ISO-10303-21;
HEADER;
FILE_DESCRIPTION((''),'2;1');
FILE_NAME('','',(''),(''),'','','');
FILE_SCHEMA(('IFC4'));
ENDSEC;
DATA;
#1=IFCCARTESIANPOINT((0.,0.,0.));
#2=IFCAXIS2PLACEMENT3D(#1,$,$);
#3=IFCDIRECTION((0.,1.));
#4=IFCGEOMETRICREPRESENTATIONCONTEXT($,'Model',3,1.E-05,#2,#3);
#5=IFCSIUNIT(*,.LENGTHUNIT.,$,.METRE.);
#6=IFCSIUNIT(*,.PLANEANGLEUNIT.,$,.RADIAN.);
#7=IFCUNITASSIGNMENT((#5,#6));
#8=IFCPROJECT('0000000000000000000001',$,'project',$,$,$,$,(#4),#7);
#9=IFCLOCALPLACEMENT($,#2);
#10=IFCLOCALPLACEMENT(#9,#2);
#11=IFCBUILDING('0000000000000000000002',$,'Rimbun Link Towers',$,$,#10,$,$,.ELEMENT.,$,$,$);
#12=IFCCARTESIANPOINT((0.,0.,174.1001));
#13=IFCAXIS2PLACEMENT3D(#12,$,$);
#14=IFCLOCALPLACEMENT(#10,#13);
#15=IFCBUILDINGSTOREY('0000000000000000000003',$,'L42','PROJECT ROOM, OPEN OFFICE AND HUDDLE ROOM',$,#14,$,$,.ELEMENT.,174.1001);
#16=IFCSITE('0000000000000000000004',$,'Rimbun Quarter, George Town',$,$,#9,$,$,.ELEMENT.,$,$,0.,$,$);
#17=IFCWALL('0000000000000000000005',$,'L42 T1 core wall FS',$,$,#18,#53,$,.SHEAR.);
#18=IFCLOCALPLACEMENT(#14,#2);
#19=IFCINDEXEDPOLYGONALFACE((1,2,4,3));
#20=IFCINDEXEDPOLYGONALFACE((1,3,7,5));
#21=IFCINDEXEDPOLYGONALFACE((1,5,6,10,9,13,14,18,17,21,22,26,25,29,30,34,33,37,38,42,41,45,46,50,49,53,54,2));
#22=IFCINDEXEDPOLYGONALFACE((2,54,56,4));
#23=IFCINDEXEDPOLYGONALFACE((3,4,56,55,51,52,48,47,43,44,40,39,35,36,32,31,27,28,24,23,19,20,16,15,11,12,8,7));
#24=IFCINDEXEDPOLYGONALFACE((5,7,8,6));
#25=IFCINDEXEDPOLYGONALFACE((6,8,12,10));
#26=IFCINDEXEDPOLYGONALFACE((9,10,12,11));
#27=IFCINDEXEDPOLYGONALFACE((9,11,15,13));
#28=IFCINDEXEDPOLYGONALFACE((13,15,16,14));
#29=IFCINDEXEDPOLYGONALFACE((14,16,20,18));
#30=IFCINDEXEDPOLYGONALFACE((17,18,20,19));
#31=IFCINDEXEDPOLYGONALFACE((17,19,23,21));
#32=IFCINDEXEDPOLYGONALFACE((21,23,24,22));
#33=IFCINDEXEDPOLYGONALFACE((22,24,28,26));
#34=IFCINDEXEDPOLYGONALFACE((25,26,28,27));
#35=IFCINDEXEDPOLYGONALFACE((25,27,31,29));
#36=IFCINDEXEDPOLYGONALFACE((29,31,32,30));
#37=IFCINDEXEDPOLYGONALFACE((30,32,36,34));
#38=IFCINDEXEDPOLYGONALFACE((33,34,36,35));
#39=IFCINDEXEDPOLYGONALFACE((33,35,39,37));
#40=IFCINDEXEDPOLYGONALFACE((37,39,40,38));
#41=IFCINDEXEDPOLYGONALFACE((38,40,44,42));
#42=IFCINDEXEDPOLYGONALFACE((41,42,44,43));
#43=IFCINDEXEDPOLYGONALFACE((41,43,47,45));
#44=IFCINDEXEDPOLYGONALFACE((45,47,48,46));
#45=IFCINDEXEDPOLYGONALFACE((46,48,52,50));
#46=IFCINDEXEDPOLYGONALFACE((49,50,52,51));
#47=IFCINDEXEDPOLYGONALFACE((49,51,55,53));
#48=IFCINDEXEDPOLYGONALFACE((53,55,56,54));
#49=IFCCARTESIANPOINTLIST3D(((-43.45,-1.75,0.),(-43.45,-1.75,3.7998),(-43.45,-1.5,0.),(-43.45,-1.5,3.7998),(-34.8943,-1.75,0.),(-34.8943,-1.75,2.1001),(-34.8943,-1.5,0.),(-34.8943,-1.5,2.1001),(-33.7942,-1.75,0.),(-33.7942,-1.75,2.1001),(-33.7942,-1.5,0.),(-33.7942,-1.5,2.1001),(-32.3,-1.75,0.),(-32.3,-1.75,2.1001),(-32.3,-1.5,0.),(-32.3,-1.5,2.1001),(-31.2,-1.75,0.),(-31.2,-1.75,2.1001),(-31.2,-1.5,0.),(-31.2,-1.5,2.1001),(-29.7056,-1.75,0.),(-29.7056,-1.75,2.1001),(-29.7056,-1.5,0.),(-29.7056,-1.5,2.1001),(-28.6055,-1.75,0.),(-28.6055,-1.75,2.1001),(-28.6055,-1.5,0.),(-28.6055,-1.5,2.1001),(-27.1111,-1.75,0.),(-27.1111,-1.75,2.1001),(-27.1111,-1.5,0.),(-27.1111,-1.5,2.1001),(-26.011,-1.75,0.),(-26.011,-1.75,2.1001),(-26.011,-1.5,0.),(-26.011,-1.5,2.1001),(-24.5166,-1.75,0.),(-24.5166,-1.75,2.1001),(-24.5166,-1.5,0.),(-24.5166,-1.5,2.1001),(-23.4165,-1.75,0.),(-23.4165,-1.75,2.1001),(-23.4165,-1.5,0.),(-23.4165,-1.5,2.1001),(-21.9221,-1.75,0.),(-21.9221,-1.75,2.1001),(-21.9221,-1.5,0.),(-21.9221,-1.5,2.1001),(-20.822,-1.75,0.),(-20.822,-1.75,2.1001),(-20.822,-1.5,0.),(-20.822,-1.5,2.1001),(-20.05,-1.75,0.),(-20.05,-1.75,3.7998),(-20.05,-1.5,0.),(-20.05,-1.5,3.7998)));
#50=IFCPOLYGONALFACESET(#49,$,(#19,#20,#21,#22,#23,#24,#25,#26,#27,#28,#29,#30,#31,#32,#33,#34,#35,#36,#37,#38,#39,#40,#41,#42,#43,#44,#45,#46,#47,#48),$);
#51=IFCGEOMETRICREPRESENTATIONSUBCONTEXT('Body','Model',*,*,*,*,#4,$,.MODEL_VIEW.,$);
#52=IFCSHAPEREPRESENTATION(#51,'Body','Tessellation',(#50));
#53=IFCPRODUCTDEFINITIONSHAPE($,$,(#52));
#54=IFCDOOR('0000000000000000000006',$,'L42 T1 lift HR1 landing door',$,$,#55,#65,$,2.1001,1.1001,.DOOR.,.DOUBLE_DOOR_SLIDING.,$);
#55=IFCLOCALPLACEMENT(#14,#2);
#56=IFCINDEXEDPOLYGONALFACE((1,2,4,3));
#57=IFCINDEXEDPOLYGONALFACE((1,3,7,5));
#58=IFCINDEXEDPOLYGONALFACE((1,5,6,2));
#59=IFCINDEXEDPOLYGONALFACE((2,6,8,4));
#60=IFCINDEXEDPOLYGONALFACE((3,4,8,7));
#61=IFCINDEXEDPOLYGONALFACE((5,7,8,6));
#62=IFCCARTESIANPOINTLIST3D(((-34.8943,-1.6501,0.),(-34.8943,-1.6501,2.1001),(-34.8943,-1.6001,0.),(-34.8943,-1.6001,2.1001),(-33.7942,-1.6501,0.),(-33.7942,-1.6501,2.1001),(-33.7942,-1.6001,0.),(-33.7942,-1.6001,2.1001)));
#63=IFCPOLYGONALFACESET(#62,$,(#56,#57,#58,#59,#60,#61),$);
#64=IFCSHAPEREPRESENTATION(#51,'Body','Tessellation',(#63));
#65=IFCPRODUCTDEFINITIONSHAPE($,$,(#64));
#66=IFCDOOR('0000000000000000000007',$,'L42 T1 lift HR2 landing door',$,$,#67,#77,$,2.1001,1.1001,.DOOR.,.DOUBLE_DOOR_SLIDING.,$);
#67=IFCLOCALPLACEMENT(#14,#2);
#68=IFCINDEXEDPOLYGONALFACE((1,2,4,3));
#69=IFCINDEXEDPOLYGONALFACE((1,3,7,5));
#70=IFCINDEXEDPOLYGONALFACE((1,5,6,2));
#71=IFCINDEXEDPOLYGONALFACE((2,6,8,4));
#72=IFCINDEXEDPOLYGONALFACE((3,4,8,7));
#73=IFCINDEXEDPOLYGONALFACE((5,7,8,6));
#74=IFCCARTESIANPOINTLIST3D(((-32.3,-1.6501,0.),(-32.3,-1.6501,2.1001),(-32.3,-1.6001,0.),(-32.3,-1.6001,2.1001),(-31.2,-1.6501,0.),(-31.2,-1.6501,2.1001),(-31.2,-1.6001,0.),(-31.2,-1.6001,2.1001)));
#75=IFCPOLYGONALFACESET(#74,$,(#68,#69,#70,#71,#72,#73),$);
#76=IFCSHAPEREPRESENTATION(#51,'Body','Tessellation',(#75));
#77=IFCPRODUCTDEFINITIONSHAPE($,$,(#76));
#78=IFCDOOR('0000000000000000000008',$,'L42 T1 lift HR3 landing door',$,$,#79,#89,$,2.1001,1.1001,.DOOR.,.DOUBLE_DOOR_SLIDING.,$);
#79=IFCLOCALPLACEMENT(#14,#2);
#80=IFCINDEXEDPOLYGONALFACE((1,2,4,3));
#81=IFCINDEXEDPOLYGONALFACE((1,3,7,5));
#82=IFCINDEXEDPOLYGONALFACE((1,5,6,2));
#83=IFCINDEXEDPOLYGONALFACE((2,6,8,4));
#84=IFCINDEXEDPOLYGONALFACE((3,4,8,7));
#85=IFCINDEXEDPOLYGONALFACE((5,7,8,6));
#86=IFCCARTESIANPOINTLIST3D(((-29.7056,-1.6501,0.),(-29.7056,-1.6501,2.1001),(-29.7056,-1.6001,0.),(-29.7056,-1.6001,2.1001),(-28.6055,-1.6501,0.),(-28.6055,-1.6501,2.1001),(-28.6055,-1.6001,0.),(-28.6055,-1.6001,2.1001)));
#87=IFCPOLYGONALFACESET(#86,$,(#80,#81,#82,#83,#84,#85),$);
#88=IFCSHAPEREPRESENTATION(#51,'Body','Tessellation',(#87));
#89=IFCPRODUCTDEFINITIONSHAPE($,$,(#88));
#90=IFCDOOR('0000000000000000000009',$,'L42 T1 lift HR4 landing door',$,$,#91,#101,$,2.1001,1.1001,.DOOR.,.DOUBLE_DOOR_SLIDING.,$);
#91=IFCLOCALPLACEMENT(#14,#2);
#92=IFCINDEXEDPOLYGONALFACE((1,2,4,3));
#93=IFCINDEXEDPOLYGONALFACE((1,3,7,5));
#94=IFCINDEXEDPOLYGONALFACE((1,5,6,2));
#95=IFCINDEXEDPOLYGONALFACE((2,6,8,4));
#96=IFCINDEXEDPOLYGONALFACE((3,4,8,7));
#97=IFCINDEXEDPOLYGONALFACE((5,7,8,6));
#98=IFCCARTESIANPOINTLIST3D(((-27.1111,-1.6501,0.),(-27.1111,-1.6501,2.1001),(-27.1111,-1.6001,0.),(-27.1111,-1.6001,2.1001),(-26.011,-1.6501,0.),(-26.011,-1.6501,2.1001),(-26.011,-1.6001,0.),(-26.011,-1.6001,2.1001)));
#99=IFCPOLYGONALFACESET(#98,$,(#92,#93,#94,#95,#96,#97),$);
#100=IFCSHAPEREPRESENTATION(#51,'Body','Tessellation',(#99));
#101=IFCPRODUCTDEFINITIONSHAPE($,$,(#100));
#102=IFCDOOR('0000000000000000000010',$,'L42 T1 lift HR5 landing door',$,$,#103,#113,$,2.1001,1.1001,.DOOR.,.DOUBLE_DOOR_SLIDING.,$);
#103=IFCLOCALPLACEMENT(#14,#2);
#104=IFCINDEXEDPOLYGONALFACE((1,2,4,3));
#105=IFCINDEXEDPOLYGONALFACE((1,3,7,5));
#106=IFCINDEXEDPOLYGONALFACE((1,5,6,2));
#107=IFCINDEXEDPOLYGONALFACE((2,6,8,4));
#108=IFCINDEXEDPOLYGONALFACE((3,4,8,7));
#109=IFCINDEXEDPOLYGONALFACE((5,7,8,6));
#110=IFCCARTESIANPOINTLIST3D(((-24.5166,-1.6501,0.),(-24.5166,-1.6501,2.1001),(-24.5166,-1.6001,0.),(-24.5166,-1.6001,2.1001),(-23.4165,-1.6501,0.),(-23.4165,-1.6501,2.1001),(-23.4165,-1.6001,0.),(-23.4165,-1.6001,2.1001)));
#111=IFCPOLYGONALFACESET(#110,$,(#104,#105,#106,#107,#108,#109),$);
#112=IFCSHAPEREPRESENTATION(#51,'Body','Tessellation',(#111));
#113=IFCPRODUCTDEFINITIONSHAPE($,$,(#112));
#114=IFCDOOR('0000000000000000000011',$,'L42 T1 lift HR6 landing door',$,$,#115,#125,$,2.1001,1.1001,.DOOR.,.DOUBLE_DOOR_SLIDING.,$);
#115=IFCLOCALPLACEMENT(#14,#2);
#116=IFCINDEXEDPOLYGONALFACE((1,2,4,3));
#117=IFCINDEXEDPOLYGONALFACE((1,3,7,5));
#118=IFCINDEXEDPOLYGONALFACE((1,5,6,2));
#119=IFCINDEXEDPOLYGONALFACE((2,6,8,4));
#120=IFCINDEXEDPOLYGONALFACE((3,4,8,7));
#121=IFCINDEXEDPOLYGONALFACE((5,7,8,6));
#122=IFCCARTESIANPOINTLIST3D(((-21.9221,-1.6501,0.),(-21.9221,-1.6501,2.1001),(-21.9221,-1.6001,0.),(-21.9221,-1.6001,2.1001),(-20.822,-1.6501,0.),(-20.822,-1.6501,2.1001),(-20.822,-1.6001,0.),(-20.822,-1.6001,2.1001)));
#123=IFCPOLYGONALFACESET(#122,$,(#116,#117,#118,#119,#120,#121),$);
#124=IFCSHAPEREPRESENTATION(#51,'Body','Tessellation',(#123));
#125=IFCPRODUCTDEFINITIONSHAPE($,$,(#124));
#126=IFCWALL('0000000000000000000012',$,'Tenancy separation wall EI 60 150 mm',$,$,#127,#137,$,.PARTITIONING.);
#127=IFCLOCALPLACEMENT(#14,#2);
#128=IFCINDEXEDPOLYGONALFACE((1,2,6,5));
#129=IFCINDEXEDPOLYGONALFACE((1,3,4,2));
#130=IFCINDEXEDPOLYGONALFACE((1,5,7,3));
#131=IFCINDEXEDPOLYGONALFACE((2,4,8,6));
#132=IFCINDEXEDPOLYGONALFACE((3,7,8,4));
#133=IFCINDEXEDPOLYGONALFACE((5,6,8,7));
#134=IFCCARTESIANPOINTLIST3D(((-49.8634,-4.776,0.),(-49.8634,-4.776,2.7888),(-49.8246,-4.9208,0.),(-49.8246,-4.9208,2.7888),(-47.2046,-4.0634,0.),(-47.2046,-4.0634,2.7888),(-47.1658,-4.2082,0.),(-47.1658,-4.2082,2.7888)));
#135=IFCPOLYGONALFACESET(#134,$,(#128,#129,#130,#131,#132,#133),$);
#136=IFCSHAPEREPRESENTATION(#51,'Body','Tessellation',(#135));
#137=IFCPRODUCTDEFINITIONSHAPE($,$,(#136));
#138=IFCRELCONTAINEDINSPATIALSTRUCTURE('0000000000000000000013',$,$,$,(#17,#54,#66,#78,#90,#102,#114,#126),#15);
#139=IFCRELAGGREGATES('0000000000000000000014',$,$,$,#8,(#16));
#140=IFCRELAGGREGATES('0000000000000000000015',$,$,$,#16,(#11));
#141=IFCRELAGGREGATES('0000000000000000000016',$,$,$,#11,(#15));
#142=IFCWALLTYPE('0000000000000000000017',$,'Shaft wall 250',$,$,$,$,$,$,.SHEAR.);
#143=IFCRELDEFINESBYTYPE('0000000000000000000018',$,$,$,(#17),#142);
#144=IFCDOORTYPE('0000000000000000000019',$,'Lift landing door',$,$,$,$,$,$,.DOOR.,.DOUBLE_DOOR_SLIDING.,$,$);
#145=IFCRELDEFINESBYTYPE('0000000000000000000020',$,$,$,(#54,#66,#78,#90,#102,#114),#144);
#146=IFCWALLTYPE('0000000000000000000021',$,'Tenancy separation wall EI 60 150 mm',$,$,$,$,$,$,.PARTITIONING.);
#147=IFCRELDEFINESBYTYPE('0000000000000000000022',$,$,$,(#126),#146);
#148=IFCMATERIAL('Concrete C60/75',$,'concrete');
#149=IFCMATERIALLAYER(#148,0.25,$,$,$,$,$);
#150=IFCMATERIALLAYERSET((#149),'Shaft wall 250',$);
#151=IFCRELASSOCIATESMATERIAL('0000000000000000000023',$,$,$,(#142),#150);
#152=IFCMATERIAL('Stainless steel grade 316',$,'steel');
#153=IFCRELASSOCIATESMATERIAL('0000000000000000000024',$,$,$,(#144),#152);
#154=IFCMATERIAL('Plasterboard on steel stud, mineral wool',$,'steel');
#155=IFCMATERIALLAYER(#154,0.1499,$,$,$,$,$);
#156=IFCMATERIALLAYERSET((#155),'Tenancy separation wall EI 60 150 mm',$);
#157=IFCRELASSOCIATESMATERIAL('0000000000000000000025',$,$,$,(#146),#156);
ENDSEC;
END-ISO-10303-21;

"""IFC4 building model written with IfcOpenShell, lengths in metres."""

from ifc_helpers import new_model, si_unit, direction, frame, frame_2d, origin, place, context, subcontext, project, spatial, rectangle, extrude, material, layer, layer_set, type_object, element, fill, save


model = new_model("IFC4")

# Units and contexts
model_context = context("Model", 3, precision=1e-05, world=origin(), true_north=direction((0.0, 1.0)))
body_context = subcontext(model_context, "Body", "Model", "MODEL_VIEW")
ifc_project = project(units=[si_unit("LENGTHUNIT", "METRE"), si_unit("PLANEANGLEUNIT", "RADIAN")], contexts=[model_context])

# Site, building, storey
site_placement = place(None, origin())
site = spatial("IfcSite", under=ifc_project, at=site_placement, Name="Rimbun Quarter, George Town", CompositionType="ELEMENT", RefElevation=0.0)
building_placement = place(site_placement, origin())
building = spatial("IfcBuilding", under=site, at=building_placement, Name="Rimbun Link Towers", CompositionType="ELEMENT")
storey_placement = place(building_placement, frame((0.0, 0.0, 174.1001)))
storey = spatial("IfcBuildingStorey", under=building, at=storey_placement, Name="L42", Description="PROJECT ROOM, OPEN OFFICE AND HUDDLE ROOM", CompositionType="ELEMENT", Elevation=174.1001)

# Wall, openings, doors
ifc_material_1 = material(Name="Concrete C60/75", Category="concrete")
ifc_layer_1 = layer(ifc_material_1, 0.25)
ifc_layer_set_1 = layer_set([ifc_layer_1], Name="Shaft wall 250")
wall_type_1 = type_object("IfcWallType", Name="Shaft wall 250", PredefinedType="SHEAR", material=ifc_layer_set_1)
wall_1_placement = place(storey_placement, frame((-43.45, -1.625, 0.0), z_axis=(0.0, 0.0, 1.0), x_axis=(1.0, 0.0, 0.0)))
wall_1 = element("IfcWall", 1, at=wall_1_placement, inside=storey, type_object=wall_type_1, Name="L42 T1 core wall FS", PredefinedType="SHEAR", context=body_context, shape_type="SweptSolid", body=[
    extrude(rectangle(XDim=23.3999, YDim=0.25, at=frame_2d((11.7, 0.0))), origin(), (0.0, 0.0, 1.0), 3.7998),
])
opening_1_placement = place(wall_1_placement, frame((8.5557, 0.0, 0.0)))
opening_1 = element("IfcOpeningElement", 2, at=opening_1_placement, cuts=wall_1, PredefinedType="OPENING", context=body_context, shape_type="SweptSolid", body=[
    extrude(rectangle(XDim=1.1001, YDim=2.1001, at=frame_2d((0.55, 1.05))), frame((0.0, 0.135, 0.0), z_axis=(0.0, -1.0, 0.0), x_axis=(1.0, 0.0, 0.0)), (0.0, 0.0, 1.0), 0.27),
])
opening_2_placement = place(wall_1_placement, frame((11.1499, 0.0, 0.0)))
opening_2 = element("IfcOpeningElement", 3, at=opening_2_placement, cuts=wall_1, PredefinedType="OPENING", context=body_context, shape_type="SweptSolid", body=[
    extrude(rectangle(XDim=1.1001, YDim=2.1001, at=frame_2d((0.55, 1.05))), frame((0.0, 0.135, 0.0), z_axis=(0.0, -1.0, 0.0), x_axis=(1.0, 0.0, 0.0)), (0.0, 0.0, 1.0), 0.27),
])
opening_3_placement = place(wall_1_placement, frame((13.7444, 0.0, 0.0)))
opening_3 = element("IfcOpeningElement", 4, at=opening_3_placement, cuts=wall_1, PredefinedType="OPENING", context=body_context, shape_type="SweptSolid", body=[
    extrude(rectangle(XDim=1.1001, YDim=2.1001, at=frame_2d((0.55, 1.05))), frame((0.0, 0.135, 0.0), z_axis=(0.0, -1.0, 0.0), x_axis=(1.0, 0.0, 0.0)), (0.0, 0.0, 1.0), 0.27),
])
opening_4_placement = place(wall_1_placement, frame((16.3389, 0.0, 0.0)))
opening_4 = element("IfcOpeningElement", 5, at=opening_4_placement, cuts=wall_1, PredefinedType="OPENING", context=body_context, shape_type="SweptSolid", body=[
    extrude(rectangle(XDim=1.1001, YDim=2.1001, at=frame_2d((0.55, 1.05))), frame((0.0, 0.135, 0.0), z_axis=(0.0, -1.0, 0.0), x_axis=(1.0, 0.0, 0.0)), (0.0, 0.0, 1.0), 0.27),
])
opening_5_placement = place(wall_1_placement, frame((18.9333, 0.0, 0.0)))
opening_5 = element("IfcOpeningElement", 6, at=opening_5_placement, cuts=wall_1, PredefinedType="OPENING", context=body_context, shape_type="SweptSolid", body=[
    extrude(rectangle(XDim=1.1001, YDim=2.1001, at=frame_2d((0.55, 1.05))), frame((0.0, 0.135, 0.0), z_axis=(0.0, -1.0, 0.0), x_axis=(1.0, 0.0, 0.0)), (0.0, 0.0, 1.0), 0.27),
])
opening_6_placement = place(wall_1_placement, frame((21.5278, 0.0, 0.0)))
opening_6 = element("IfcOpeningElement", 7, at=opening_6_placement, cuts=wall_1, PredefinedType="OPENING", context=body_context, shape_type="SweptSolid", body=[
    extrude(rectangle(XDim=1.1001, YDim=2.1001, at=frame_2d((0.55, 1.05))), frame((0.0, 0.135, 0.0), z_axis=(0.0, -1.0, 0.0), x_axis=(1.0, 0.0, 0.0)), (0.0, 0.0, 1.0), 0.27),
])
ifc_material_2 = material(Name="Stainless steel grade 316", Category="steel")
door_type = type_object("IfcDoorType", Name="Lift landing door", OperationType="DOUBLE_DOOR_SLIDING", PredefinedType="DOOR", material=ifc_material_2)
door_1_placement = place(opening_1_placement, origin())
door_1 = element("IfcDoor", 8, at=door_1_placement, inside=storey, type_object=door_type, Name="L42 T1 lift HR1 landing door", OperationType="DOUBLE_DOOR_SLIDING", OverallHeight=2.1001, OverallWidth=1.1001, PredefinedType="DOOR", context=body_context, shape_type="SweptSolid", body=[
    extrude(rectangle(XDim=1.1001, YDim=2.1001, at=frame_2d((0.55, 1.05))), frame((0.0, 0.0249, 0.0), z_axis=(0.0, -1.0, 0.0), x_axis=(1.0, 0.0, 0.0)), (0.0, 0.0, 1.0), 0.05),
])
fill(opening_1, door_1)
door_2_placement = place(opening_2_placement, origin())
door_2 = element("IfcDoor", 9, at=door_2_placement, inside=storey, type_object=door_type, Name="L42 T1 lift HR2 landing door", OperationType="DOUBLE_DOOR_SLIDING", OverallHeight=2.1001, OverallWidth=1.1001, PredefinedType="DOOR", context=body_context, shape_type="SweptSolid", body=[
    extrude(rectangle(XDim=1.1001, YDim=2.1001, at=frame_2d((0.55, 1.05))), frame((0.0, 0.0249, 0.0), z_axis=(0.0, -1.0, 0.0), x_axis=(1.0, 0.0, 0.0)), (0.0, 0.0, 1.0), 0.05),
])
fill(opening_2, door_2)
door_3_placement = place(opening_3_placement, origin())
door_3 = element("IfcDoor", 10, at=door_3_placement, inside=storey, type_object=door_type, Name="L42 T1 lift HR3 landing door", OperationType="DOUBLE_DOOR_SLIDING", OverallHeight=2.1001, OverallWidth=1.1001, PredefinedType="DOOR", context=body_context, shape_type="SweptSolid", body=[
    extrude(rectangle(XDim=1.1001, YDim=2.1001, at=frame_2d((0.55, 1.05))), frame((0.0, 0.0249, 0.0), z_axis=(0.0, -1.0, 0.0), x_axis=(1.0, 0.0, 0.0)), (0.0, 0.0, 1.0), 0.05),
])
fill(opening_3, door_3)
door_4_placement = place(opening_4_placement, origin())
door_4 = element("IfcDoor", 11, at=door_4_placement, inside=storey, type_object=door_type, Name="L42 T1 lift HR4 landing door", OperationType="DOUBLE_DOOR_SLIDING", OverallHeight=2.1001, OverallWidth=1.1001, PredefinedType="DOOR", context=body_context, shape_type="SweptSolid", body=[
    extrude(rectangle(XDim=1.1001, YDim=2.1001, at=frame_2d((0.55, 1.05))), frame((0.0, 0.0249, 0.0), z_axis=(0.0, -1.0, 0.0), x_axis=(1.0, 0.0, 0.0)), (0.0, 0.0, 1.0), 0.05),
])
fill(opening_4, door_4)
door_5_placement = place(opening_5_placement, origin())
door_5 = element("IfcDoor", 12, at=door_5_placement, inside=storey, type_object=door_type, Name="L42 T1 lift HR5 landing door", OperationType="DOUBLE_DOOR_SLIDING", OverallHeight=2.1001, OverallWidth=1.1001, PredefinedType="DOOR", context=body_context, shape_type="SweptSolid", body=[
    extrude(rectangle(XDim=1.1001, YDim=2.1001, at=frame_2d((0.55, 1.05))), frame((0.0, 0.0249, 0.0), z_axis=(0.0, -1.0, 0.0), x_axis=(1.0, 0.0, 0.0)), (0.0, 0.0, 1.0), 0.05),
])
fill(opening_5, door_5)
door_6_placement = place(opening_6_placement, origin())
door_6 = element("IfcDoor", 13, at=door_6_placement, inside=storey, type_object=door_type, Name="L42 T1 lift HR6 landing door", OperationType="DOUBLE_DOOR_SLIDING", OverallHeight=2.1001, OverallWidth=1.1001, PredefinedType="DOOR", context=body_context, shape_type="SweptSolid", body=[
    extrude(rectangle(XDim=1.1001, YDim=2.1001, at=frame_2d((0.55, 1.05))), frame((0.0, 0.0249, 0.0), z_axis=(0.0, -1.0, 0.0), x_axis=(1.0, 0.0, 0.0)), (0.0, 0.0, 1.0), 0.05),
])
fill(opening_6, door_6)

# Wall
ifc_material_3 = material(Name="Plasterboard on steel stud, mineral wool", Category="steel")
ifc_layer_2 = layer(ifc_material_3, 0.1499)
ifc_layer_set_2 = layer_set([ifc_layer_2], Name="Tenancy separation wall EI 60 150 mm")
wall_type_2 = type_object("IfcWallType", Name="Tenancy separation wall EI 60 150 mm", PredefinedType="PARTITIONING", material=ifc_layer_set_2)
wall_2_placement = place(storey_placement, frame((-47.1851, -4.1357, 0.0), z_axis=(0.0, 0.0, 1.0), x_axis=(-0.965909, -0.258882, 0.0)))
element("IfcWall", 14, at=wall_2_placement, inside=storey, type_object=wall_type_2, Name="Tenancy separation wall EI 60 150 mm", PredefinedType="PARTITIONING", context=body_context, shape_type="SweptSolid", body=[
    extrude(rectangle(XDim=2.7527, YDim=0.1499, at=frame_2d((1.3765, 0.0))), origin(), (0.0, 0.0, 1.0), 2.7888),
])

save(model, "model.ifc")
